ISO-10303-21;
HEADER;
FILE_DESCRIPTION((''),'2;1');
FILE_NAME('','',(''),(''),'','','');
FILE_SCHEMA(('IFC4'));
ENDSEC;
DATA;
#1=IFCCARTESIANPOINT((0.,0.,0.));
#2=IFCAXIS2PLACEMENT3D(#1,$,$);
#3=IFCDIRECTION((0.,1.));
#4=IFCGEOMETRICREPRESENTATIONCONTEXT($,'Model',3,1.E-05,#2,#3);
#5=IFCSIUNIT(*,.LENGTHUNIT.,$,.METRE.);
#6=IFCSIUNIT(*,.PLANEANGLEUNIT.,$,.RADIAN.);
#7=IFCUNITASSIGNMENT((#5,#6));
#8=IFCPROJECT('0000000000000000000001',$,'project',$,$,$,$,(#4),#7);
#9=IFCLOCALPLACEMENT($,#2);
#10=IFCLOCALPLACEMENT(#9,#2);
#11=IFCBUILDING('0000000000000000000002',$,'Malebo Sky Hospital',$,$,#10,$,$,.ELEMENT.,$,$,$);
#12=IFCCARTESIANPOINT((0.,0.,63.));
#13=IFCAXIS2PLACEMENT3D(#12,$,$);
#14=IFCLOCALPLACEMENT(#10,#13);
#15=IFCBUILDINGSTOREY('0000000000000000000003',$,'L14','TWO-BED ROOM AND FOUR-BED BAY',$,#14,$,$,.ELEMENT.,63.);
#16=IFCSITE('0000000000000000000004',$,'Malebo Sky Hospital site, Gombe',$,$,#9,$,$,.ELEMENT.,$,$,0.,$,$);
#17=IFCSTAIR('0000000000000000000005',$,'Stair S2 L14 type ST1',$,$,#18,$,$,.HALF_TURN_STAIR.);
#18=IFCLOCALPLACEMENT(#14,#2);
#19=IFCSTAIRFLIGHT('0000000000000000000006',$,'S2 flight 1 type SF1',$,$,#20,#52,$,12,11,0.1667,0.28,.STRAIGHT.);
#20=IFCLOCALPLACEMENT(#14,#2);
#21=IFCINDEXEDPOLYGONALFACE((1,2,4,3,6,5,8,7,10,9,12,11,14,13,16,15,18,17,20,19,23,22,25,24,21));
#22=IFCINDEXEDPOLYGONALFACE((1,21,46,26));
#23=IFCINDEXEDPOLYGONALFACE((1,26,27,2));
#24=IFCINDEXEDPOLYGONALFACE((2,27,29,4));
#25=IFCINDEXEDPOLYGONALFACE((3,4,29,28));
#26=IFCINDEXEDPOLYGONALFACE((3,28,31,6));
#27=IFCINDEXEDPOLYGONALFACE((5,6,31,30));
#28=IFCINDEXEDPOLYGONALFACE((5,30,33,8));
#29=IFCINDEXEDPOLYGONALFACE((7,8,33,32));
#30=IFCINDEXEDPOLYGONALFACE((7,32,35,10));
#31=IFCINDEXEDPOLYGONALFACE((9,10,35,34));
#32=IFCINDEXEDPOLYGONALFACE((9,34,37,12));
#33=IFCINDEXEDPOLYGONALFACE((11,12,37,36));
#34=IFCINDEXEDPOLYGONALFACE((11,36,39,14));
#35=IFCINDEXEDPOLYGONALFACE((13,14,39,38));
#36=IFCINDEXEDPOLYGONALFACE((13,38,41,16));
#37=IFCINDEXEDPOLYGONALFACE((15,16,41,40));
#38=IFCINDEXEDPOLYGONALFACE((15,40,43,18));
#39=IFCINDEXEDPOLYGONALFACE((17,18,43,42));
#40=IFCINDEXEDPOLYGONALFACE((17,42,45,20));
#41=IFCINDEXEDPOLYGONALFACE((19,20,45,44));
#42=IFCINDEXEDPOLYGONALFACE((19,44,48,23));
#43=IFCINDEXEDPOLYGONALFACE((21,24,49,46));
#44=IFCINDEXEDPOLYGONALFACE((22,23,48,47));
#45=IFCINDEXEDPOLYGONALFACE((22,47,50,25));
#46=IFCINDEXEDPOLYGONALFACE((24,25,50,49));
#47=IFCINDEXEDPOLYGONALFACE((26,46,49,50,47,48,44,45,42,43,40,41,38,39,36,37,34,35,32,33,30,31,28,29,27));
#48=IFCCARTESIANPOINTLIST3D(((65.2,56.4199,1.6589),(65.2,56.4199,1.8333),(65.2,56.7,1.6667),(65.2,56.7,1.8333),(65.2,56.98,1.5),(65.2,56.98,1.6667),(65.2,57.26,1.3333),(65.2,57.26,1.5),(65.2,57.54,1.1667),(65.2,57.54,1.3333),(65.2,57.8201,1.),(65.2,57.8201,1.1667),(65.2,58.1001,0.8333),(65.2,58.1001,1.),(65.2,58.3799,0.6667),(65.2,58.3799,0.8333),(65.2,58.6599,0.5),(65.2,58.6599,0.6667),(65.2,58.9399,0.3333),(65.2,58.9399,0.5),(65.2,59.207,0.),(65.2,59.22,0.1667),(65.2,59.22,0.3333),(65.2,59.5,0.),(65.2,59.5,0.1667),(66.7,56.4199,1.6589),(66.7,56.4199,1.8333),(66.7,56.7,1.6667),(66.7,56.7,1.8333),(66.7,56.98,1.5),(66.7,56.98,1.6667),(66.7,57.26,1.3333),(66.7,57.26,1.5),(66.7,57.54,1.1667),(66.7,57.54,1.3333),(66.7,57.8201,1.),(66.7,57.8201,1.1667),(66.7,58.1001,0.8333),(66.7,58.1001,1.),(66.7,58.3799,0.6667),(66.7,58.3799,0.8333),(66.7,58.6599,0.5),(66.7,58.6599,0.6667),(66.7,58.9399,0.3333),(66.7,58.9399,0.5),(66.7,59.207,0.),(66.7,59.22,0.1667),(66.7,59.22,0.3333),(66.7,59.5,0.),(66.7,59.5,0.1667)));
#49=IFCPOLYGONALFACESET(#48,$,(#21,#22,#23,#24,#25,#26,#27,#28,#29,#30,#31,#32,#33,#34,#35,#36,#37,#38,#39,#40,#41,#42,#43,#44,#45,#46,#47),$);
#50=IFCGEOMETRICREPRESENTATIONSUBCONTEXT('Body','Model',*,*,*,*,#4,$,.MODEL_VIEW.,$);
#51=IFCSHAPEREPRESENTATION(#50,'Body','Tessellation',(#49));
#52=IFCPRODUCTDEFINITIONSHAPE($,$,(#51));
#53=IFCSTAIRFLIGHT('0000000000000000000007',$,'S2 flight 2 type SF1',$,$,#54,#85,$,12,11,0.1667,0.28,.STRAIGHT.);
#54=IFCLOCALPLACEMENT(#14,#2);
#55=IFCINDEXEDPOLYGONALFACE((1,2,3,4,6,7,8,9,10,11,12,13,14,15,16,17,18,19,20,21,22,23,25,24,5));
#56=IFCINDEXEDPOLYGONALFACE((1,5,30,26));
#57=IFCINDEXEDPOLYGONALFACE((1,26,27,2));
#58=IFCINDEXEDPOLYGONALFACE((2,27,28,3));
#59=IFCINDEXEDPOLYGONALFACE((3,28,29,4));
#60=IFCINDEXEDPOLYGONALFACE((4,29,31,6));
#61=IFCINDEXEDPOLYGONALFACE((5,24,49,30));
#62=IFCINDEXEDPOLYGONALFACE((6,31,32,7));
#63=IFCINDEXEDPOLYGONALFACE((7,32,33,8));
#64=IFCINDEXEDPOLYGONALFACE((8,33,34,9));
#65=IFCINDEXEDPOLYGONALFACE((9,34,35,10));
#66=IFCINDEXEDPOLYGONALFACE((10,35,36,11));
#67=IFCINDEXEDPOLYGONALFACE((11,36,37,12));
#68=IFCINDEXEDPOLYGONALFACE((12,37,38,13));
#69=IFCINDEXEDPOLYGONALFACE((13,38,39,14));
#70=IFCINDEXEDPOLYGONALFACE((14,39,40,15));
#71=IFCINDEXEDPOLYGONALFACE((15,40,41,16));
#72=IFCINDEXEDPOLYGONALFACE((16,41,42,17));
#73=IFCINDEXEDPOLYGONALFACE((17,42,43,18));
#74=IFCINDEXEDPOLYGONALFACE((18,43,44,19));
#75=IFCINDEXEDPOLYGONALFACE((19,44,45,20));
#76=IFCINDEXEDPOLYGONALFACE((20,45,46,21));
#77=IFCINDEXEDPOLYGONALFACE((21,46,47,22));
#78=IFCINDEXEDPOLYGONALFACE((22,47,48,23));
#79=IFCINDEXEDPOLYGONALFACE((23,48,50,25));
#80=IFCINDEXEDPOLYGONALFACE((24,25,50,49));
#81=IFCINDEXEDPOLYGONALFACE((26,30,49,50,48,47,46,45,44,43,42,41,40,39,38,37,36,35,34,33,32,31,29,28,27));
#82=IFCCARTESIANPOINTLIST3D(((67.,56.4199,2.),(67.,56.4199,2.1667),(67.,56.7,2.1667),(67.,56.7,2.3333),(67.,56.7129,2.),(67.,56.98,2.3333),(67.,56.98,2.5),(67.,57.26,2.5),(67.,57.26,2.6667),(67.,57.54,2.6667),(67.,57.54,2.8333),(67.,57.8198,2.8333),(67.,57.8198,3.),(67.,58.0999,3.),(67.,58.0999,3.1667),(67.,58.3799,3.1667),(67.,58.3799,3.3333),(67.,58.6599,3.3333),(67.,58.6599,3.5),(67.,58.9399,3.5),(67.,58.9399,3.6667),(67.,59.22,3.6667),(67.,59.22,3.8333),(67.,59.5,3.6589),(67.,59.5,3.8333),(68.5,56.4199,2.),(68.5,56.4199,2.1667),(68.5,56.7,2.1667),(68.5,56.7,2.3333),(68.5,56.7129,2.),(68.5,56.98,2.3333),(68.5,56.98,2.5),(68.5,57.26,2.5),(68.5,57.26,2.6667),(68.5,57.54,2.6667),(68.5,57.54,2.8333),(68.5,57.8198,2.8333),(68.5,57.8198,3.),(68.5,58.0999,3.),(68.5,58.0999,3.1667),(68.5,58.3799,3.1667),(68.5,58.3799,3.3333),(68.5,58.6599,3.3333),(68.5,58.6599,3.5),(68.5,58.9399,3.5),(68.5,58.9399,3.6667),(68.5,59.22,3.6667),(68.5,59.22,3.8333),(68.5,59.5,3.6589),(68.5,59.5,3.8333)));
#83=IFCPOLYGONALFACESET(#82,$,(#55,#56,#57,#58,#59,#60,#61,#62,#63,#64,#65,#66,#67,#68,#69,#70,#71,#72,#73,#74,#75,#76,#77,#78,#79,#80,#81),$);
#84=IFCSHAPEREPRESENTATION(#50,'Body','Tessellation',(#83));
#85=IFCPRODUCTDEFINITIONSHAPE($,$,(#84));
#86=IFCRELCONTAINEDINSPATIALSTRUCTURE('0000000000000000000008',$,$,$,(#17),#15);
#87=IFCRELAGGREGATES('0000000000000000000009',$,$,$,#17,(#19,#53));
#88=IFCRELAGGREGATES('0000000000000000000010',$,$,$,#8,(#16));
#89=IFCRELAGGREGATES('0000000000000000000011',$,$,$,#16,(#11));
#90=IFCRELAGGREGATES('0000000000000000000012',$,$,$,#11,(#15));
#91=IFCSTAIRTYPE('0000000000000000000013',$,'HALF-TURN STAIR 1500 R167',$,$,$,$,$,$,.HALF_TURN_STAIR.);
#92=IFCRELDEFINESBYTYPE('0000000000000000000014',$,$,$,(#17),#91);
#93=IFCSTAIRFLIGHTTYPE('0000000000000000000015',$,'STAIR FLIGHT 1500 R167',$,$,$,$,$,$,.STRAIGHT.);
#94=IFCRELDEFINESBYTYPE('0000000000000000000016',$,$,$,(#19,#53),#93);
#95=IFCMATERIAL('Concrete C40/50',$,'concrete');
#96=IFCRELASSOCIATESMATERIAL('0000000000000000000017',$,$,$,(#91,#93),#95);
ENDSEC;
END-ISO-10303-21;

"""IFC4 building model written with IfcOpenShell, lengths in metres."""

from ifc_helpers import new_model, si_unit, direction, frame, origin, place, context, subcontext, project, spatial, polyline, outline, extrude, material, type_object, element, aggregate, save


model = new_model("IFC4")

# Units and contexts
model_context = context("Model", 3, precision=1e-05, world=origin(), true_north=direction((0.0, 1.0)))
body_context = subcontext(model_context, "Body", "Model", "MODEL_VIEW")
ifc_project = project(units=[si_unit("LENGTHUNIT", "METRE"), si_unit("PLANEANGLEUNIT", "RADIAN")], contexts=[model_context])

# Site, building, storey
site_placement = place(None, origin())
site = spatial("IfcSite", under=ifc_project, at=site_placement, Name="Malebo Sky Hospital site, Gombe", CompositionType="ELEMENT", RefElevation=0.0)
building_placement = place(site_placement, origin())
building = spatial("IfcBuilding", under=site, at=building_placement, Name="Malebo Sky Hospital", CompositionType="ELEMENT")
storey_placement = place(building_placement, frame((0.0, 0.0, 63.0)))
storey = spatial("IfcBuildingStorey", under=building, at=storey_placement, Name="L14", Description="TWO-BED ROOM AND FOUR-BED BAY", CompositionType="ELEMENT", Elevation=63.0)

# Stair, stair flights
ifc_material_1 = material(Name="Concrete C40/50", Category="concrete")
stair_type = type_object("IfcStairType", Name="HALF-TURN STAIR 1500 R167", PredefinedType="HALF_TURN_STAIR", material=ifc_material_1)
stair_placement = place(storey_placement, origin())
stair = element("IfcStair", 1, at=stair_placement, inside=storey, type_object=stair_type, Name="Stair S2 L14 type ST1", PredefinedType="HALF_TURN_STAIR")
stair_flight_type = type_object("IfcStairFlightType", Name="STAIR FLIGHT 1500 R167", PredefinedType="STRAIGHT", material=ifc_material_1)
stair_flight_1_placement = place(storey_placement, frame((65.95, 59.5, 0.0), z_axis=(0.0, 0.0, 1.0), x_axis=(0.0, -1.0, 0.0)))
stair_flight_1 = element("IfcStairFlight", 2, at=stair_flight_1_placement, type_object=stair_flight_type, Name="S2 flight 1 type SF1", NumberOfRisers=12, NumberOfTreads=11, PredefinedType="STRAIGHT", RiserHeight=0.1667, TreadLength=0.28, context=body_context, shape_type="SweptSolid", body=[
    extrude(outline(polyline([(0.0, 0.0), (0.0, 0.1667), (0.28, 0.1667), (0.28, 0.3333), (0.5601, 0.3333), (0.5601, 0.5), (0.8401, 0.5), (0.8401, 0.6667), (1.1201, 0.6667), (1.1201, 0.8333), (1.3999, 0.8333), (1.3999, 1.0), (1.6799, 1.0), (1.6799, 1.1667), (1.96, 1.1667), (1.96, 1.3333), (2.24, 1.3333), (2.24, 1.5), (2.52, 1.5), (2.52, 1.6667), (2.8, 1.6667), (2.8, 1.8333), (3.0801, 1.8333), (3.0801, 2.0), (3.0801, 1.6589), (0.293, 0.0), (0.0, 0.0)])), frame((0.0, 0.75, 0.0), z_axis=(0.0, -1.0, 0.0), x_axis=(1.0, 0.0, 0.0)), (0.0, 0.0, 1.0), 1.5),
])
stair_flight_2_placement = place(storey_placement, frame((67.75, 56.4199, 2.0), z_axis=(0.0, 0.0, 1.0), x_axis=(0.0, 1.0, 0.0)))
stair_flight_2 = element("IfcStairFlight", 3, at=stair_flight_2_placement, type_object=stair_flight_type, Name="S2 flight 2 type SF1", NumberOfRisers=12, NumberOfTreads=11, PredefinedType="STRAIGHT", RiserHeight=0.1667, TreadLength=0.28, context=body_context, shape_type="SweptSolid", body=[
    extrude(outline(polyline([(0.0, 0.0), (0.0, 0.1667), (0.28, 0.1667), (0.28, 0.3333), (0.5601, 0.3333), (0.5601, 0.5), (0.8401, 0.5), (0.8401, 0.6667), (1.1201, 0.6667), (1.1201, 0.8333), (1.3999, 0.8333), (1.3999, 1.0), (1.6799, 1.0), (1.6799, 1.1667), (1.96, 1.1667), (1.96, 1.3333), (2.24, 1.3333), (2.24, 1.5), (2.52, 1.5), (2.52, 1.6667), (2.8, 1.6667), (2.8, 1.8333), (3.0801, 1.8333), (3.0801, 2.0), (3.0801, 1.6589), (0.293, 0.0), (0.0, 0.0)])), frame((0.0, 0.75, 0.0), z_axis=(0.0, -1.0, 0.0), x_axis=(1.0, 0.0, 0.0)), (0.0, 0.0, 1.0), 1.5),
])
aggregate(stair, [stair_flight_1, stair_flight_2])

save(model, "model.ifc")
